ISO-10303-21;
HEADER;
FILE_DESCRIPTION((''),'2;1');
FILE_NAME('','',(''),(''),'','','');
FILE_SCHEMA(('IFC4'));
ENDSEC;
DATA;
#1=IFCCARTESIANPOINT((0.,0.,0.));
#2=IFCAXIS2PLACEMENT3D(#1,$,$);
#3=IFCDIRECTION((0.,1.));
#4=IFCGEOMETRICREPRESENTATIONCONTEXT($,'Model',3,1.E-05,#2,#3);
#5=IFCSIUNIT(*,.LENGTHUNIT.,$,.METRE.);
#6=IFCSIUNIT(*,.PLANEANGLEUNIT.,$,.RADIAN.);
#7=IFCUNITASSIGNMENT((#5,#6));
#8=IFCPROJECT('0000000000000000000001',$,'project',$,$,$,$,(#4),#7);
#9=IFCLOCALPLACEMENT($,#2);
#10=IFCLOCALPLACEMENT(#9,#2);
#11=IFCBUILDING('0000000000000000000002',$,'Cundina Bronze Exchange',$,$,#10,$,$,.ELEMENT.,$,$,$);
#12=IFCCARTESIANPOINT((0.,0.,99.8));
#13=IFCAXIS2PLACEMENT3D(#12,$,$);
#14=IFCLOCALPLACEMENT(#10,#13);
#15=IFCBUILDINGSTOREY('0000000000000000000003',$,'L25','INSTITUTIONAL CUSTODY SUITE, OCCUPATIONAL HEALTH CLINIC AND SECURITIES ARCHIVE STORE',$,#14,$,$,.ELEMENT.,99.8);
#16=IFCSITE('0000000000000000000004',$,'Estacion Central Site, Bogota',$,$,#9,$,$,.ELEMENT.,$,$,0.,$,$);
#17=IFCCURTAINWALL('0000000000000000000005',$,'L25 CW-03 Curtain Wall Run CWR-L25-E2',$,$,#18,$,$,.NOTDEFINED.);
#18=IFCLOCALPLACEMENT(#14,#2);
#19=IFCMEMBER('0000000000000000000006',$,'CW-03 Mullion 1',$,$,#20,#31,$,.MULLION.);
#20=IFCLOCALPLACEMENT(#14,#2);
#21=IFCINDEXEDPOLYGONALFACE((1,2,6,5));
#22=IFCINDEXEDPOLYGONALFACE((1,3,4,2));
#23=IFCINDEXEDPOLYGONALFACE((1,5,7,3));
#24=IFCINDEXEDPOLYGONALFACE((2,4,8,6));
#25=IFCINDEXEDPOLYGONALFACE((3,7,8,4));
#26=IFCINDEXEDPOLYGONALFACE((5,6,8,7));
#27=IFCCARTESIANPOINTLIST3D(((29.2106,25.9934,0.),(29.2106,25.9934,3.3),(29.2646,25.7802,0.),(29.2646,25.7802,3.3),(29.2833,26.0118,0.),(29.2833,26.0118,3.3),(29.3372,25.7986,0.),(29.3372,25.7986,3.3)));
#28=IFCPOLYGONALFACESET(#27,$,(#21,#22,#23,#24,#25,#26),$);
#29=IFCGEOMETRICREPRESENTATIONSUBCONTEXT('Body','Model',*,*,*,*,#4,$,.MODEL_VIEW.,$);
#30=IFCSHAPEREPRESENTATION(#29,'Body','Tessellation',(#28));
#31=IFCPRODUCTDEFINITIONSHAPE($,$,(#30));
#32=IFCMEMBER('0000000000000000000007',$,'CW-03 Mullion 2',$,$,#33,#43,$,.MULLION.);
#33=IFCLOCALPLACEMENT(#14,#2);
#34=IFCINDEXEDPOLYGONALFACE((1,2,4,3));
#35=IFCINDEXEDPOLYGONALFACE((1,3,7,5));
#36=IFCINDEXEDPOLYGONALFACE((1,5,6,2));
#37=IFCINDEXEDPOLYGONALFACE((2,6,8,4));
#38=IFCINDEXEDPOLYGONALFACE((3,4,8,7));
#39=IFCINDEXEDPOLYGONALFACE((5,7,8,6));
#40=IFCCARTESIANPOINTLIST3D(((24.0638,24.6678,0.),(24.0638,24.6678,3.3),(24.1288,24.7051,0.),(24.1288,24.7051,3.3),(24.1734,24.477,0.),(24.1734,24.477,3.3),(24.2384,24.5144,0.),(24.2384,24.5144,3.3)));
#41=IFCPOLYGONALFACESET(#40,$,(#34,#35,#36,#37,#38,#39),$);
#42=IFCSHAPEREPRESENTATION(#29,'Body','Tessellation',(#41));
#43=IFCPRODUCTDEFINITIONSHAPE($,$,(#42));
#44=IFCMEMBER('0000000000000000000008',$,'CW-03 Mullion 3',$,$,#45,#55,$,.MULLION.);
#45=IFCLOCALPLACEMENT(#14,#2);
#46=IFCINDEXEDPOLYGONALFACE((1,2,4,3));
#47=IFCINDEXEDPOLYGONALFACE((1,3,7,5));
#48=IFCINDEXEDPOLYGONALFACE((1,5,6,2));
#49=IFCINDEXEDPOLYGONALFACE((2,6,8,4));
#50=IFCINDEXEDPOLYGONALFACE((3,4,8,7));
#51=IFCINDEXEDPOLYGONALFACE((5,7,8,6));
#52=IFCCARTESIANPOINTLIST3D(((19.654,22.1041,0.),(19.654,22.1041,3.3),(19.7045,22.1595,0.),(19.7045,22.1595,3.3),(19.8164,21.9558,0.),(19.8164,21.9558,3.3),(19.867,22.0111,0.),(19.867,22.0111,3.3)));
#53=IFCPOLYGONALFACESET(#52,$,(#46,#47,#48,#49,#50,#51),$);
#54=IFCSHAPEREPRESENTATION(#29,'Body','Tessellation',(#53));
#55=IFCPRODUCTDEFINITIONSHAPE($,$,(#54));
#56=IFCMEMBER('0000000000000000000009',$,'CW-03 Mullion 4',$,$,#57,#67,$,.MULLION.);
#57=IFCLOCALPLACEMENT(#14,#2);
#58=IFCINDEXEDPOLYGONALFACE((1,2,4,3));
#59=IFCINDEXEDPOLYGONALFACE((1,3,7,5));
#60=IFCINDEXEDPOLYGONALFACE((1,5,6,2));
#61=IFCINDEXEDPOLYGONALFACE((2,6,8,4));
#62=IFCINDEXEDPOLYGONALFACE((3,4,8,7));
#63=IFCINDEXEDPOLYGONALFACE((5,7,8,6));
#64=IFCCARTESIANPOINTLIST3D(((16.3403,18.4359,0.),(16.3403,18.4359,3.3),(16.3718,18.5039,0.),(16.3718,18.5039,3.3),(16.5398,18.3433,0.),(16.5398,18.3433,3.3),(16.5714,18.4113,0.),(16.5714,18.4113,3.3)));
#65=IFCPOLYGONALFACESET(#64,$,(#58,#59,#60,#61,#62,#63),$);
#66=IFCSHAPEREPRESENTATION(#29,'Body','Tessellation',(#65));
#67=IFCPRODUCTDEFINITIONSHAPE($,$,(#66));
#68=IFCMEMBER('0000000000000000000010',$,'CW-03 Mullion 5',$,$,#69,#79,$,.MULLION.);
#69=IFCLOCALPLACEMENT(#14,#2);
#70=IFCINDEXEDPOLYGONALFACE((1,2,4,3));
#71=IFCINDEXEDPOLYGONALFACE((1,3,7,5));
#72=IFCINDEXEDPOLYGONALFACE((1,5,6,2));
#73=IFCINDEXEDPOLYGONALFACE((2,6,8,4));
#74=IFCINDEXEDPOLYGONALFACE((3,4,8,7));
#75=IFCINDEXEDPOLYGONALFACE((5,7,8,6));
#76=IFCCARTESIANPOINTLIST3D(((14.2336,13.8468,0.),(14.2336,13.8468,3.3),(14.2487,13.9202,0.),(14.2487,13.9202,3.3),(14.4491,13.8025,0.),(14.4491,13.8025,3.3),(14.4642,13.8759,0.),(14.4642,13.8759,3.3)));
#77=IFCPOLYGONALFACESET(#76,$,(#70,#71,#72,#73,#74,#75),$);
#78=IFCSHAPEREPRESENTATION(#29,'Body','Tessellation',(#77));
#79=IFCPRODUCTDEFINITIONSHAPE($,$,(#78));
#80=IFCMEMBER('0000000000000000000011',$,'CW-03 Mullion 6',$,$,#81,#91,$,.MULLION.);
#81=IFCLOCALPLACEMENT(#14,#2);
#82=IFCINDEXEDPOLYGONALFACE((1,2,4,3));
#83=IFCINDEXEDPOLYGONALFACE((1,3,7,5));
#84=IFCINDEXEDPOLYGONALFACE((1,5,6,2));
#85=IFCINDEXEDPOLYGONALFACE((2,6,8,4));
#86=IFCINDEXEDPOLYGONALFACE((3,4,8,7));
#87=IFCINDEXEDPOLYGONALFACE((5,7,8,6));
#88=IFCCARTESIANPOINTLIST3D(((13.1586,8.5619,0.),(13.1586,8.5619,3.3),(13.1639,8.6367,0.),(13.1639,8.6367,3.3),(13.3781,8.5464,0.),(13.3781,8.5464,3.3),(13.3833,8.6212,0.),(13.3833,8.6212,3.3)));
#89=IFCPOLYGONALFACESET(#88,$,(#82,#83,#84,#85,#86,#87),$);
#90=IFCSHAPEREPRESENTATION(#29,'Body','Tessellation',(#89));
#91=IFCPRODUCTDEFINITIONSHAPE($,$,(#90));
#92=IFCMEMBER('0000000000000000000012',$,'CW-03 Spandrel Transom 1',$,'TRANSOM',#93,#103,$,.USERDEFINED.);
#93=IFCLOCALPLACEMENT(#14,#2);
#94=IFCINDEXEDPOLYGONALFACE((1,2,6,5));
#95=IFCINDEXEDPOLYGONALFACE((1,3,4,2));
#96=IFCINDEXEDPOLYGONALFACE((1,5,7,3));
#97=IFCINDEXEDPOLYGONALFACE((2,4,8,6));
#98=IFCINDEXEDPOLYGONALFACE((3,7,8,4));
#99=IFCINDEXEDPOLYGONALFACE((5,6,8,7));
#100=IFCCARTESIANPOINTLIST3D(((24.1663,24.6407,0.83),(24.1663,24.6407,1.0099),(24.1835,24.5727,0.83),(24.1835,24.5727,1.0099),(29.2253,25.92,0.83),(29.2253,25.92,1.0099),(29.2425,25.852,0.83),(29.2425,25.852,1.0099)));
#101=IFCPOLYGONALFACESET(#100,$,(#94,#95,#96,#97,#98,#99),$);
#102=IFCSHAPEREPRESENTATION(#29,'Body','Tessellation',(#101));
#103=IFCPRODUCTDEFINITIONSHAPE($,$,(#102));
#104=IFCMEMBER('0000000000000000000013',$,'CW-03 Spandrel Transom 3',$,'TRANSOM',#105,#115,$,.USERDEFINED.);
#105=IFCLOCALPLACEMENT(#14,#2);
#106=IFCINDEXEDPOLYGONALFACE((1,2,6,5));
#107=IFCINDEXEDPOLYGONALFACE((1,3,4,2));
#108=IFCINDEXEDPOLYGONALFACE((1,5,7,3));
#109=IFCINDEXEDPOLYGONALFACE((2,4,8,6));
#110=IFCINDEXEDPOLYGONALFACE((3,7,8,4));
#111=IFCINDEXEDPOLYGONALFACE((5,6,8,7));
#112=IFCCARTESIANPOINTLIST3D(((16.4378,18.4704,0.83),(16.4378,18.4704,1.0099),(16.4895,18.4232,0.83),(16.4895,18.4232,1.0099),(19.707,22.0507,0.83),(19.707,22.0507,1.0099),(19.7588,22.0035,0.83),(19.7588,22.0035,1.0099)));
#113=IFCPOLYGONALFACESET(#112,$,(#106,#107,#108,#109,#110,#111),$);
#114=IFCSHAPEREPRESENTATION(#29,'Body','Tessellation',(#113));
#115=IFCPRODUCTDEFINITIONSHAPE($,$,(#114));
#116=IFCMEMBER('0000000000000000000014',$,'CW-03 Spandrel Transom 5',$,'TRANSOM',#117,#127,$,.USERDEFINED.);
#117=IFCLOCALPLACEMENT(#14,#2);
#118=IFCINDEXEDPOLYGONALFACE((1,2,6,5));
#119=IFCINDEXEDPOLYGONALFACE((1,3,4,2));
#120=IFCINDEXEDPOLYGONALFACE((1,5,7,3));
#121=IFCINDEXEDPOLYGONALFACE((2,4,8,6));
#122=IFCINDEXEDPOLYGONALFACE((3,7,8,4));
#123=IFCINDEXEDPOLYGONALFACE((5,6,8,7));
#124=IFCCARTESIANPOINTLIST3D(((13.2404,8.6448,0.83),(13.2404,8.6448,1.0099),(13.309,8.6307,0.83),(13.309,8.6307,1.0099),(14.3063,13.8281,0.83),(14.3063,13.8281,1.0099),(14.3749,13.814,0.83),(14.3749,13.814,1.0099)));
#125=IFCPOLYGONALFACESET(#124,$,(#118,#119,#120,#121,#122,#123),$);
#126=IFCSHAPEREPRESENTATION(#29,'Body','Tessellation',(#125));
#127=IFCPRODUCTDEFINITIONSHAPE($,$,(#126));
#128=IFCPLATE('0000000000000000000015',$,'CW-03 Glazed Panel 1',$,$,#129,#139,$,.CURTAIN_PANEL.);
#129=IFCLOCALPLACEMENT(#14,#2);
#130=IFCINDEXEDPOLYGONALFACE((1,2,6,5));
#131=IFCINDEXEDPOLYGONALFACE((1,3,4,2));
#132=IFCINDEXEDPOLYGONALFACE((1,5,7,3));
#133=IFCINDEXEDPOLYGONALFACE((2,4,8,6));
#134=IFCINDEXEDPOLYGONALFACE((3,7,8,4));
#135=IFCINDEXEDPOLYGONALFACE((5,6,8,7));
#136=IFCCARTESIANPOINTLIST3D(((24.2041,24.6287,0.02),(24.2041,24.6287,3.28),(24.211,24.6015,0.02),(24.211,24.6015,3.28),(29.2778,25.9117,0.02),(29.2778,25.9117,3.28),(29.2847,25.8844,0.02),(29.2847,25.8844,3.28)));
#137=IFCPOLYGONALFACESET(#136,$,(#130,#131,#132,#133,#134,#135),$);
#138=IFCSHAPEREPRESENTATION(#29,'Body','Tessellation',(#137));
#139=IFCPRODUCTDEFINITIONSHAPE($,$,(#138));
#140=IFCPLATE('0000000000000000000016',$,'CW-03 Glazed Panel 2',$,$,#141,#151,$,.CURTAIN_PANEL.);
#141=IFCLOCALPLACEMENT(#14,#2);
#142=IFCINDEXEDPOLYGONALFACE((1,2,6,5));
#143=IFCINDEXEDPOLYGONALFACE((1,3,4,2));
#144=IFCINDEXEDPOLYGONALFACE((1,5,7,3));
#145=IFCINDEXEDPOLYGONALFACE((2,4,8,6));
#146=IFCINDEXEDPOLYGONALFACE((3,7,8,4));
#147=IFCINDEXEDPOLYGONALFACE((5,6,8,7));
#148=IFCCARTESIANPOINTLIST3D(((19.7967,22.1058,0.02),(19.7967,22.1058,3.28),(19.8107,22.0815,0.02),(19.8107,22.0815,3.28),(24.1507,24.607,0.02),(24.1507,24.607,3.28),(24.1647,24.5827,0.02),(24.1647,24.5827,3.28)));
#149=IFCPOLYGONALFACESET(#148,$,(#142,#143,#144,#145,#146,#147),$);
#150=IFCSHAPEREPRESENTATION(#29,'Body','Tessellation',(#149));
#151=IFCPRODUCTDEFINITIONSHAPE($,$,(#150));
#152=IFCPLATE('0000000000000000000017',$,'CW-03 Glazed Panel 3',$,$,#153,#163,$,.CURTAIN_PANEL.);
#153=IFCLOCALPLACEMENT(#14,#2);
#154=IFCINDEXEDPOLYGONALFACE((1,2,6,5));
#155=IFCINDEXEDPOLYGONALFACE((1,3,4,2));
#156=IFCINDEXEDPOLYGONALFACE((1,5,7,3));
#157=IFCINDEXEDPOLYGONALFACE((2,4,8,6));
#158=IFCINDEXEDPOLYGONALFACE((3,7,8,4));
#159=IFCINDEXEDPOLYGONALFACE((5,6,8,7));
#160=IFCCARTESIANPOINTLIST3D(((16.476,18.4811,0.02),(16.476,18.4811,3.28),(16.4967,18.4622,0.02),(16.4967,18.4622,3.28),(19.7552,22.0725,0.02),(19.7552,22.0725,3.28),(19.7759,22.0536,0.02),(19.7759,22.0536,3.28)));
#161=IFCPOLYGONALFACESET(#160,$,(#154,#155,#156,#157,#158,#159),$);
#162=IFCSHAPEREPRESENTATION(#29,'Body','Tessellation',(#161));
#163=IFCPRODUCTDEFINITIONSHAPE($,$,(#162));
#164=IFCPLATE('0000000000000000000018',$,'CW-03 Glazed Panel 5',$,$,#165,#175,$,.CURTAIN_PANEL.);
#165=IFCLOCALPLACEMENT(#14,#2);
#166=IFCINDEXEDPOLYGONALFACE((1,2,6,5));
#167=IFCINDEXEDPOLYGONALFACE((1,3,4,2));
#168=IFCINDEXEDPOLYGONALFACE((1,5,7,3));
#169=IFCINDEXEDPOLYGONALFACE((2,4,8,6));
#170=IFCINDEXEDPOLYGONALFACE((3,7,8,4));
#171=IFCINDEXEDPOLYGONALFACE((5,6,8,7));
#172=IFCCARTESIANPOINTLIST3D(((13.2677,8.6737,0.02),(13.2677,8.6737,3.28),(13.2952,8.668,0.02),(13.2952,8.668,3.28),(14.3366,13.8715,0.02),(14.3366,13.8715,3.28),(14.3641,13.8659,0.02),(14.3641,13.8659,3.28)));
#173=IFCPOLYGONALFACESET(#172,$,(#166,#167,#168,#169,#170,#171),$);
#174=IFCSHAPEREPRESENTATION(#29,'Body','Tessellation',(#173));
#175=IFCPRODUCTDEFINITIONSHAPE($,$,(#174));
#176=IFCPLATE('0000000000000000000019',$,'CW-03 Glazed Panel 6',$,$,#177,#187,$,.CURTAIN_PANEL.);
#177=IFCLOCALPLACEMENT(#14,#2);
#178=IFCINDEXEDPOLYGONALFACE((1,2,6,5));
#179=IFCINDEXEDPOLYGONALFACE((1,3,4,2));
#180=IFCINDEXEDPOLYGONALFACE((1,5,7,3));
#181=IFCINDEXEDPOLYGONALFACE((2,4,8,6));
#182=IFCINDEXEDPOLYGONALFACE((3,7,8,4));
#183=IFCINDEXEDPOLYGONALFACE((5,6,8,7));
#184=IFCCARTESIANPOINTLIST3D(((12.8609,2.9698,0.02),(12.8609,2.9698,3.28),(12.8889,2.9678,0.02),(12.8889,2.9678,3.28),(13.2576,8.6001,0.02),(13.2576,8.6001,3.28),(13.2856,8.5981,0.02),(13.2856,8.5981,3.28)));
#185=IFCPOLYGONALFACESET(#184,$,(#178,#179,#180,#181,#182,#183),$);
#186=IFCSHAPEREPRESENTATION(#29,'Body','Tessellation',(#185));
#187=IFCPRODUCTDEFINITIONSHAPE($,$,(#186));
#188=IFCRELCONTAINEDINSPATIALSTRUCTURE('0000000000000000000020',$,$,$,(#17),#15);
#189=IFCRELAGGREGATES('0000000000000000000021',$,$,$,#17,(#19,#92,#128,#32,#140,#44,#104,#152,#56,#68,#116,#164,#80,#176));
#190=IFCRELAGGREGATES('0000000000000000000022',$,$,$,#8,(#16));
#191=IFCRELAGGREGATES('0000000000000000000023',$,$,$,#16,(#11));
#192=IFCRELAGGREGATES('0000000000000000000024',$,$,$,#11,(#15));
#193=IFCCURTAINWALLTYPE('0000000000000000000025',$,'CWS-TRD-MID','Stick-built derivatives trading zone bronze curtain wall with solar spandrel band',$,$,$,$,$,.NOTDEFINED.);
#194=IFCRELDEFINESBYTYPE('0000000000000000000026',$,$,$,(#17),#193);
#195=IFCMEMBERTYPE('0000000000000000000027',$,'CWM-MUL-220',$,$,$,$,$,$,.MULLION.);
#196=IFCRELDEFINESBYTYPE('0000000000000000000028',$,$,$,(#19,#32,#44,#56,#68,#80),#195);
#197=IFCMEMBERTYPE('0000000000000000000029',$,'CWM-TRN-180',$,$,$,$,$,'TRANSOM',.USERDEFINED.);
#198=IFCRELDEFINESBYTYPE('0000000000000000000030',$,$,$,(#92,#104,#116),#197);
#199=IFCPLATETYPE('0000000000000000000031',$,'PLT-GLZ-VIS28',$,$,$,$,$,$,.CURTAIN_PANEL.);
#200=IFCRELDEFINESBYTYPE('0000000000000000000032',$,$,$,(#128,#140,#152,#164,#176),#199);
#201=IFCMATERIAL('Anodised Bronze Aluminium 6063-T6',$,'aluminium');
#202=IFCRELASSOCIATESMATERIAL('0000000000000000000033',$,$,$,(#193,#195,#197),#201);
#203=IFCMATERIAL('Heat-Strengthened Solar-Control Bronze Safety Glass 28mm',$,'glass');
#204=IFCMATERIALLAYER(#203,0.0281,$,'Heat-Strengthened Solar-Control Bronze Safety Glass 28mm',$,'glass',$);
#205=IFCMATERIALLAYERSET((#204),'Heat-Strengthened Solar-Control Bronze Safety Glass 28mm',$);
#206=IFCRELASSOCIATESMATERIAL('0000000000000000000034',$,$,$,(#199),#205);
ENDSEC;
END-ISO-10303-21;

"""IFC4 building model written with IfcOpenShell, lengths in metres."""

from ifc_helpers import new_model, si_unit, direction, frame, origin, origin_2d, place, context, subcontext, project, spatial, rectangle, extrude, material, layer, layer_set, material_profile, profile_set, type_object, element, aggregate, save


model = new_model("IFC4")

# Units and contexts
model_context = context("Model", 3, precision=1e-05, world=origin(), true_north=direction((0.0, 1.0)))
body_context = subcontext(model_context, "Body", "Model", "MODEL_VIEW")
ifc_project = project(units=[si_unit("LENGTHUNIT", "METRE"), si_unit("PLANEANGLEUNIT", "RADIAN")], contexts=[model_context])

# Site, building, storey
site_placement = place(None, origin())
site = spatial("IfcSite", under=ifc_project, at=site_placement, Name="Estacion Central Site, Bogota", CompositionType="ELEMENT", RefElevation=0.0)
building_placement = place(site_placement, origin())
building = spatial("IfcBuilding", under=site, at=building_placement, Name="Cundina Bronze Exchange", CompositionType="ELEMENT")
storey_placement = place(building_placement, frame((0.0, 0.0, 99.8)))
storey = spatial("IfcBuildingStorey", under=building, at=storey_placement, Name="L25", Description="INSTITUTIONAL CUSTODY SUITE, OCCUPATIONAL HEALTH CLINIC AND SECURITIES ARCHIVE STORE", CompositionType="ELEMENT", Elevation=99.8)

# Shared definitions
ifc_material_1 = material(Name="Anodised Bronze Aluminium 6063-T6", Category="aluminium")
curtain_wall_type = type_object("IfcCurtainWallType", Name="CWS-TRD-MID", Description="Stick-built derivatives trading zone bronze curtain wall with solar spandrel band", PredefinedType="NOTDEFINED", material=ifc_material_1)
ifc_material_profile_1 = material_profile(ifc_material_1, rectangle(XDim=0.075, YDim=0.22, at=origin_2d()), Name="AL75X220", Category="aluminium")
ifc_profile_set_1 = profile_set([ifc_material_profile_1], Name="Anodised Bronze Aluminium 6063-T6")
member_type_1 = type_object("IfcMemberType", Name="CWM-MUL-220", PredefinedType="MULLION", material=ifc_profile_set_1)

# Curtain wall, members, plates
curtain_wall_1_placement = place(storey_placement, origin())
curtain_wall_1 = element("IfcCurtainWall", 1, at=curtain_wall_1_placement, inside=storey, type_object=curtain_wall_type, Name="L25 CW-03 Curtain Wall Run CWR-L25-E2", PredefinedType="NOTDEFINED")
member_1_placement = place(storey_placement, frame((29.2739, 25.896, 0.0), z_axis=(0.0, 0.0, 1.0), x_axis=(-0.969488, -0.245138, 0.0)))
member_1 = element("IfcMember", 2, at=member_1_placement, type_object=member_type_1, Name="CW-03 Mullion 1", PredefinedType="MULLION", context=body_context, shape_type="SweptSolid", body=[
    extrude(rectangle(XDim=0.075, YDim=0.22, at=origin_2d()), origin(), (0.0, 0.0, 1.0), 3.3),
])
member_2_placement = place(storey_placement, frame((24.1511, 24.5911, 0.0), z_axis=(0.0, 0.0, 1.0), x_axis=(-0.867071, -0.498185, 0.0)))
member_2 = element("IfcMember", 3, at=member_2_placement, type_object=member_type_1, Name="CW-03 Mullion 2", PredefinedType="MULLION", context=body_context, shape_type="SweptSolid", body=[
    extrude(rectangle(XDim=0.075, YDim=0.22, at=origin_2d()), origin(), (0.0, 0.0, 1.0), 3.3),
])
member_3_placement = place(storey_placement, frame((19.7605, 22.0576, 0.0), z_axis=(0.0, 0.0, 1.0), x_axis=(-0.674302, -0.738455, 0.0)))
member_3 = element("IfcMember", 4, at=member_3_placement, type_object=member_type_1, Name="CW-03 Mullion 3", PredefinedType="MULLION", context=body_context, shape_type="SweptSolid", body=[
    extrude(rectangle(XDim=0.075, YDim=0.22, at=origin_2d()), origin(), (0.0, 0.0, 1.0), 3.3),
])
member_4_placement = place(storey_placement, frame((16.4558, 18.4236, 0.0), z_axis=(0.0, 0.0, 1.0), x_axis=(-0.420877, -0.907117, 0.0)))
member_4 = element("IfcMember", 5, at=member_4_placement, type_object=member_type_1, Name="CW-03 Mullion 4", PredefinedType="MULLION", context=body_context, shape_type="SweptSolid", body=[
    extrude(rectangle(XDim=0.075, YDim=0.22, at=origin_2d()), origin(), (0.0, 0.0, 1.0), 3.3),
])
member_5_placement = place(storey_placement, frame((14.3489, 13.8613, 0.0), z_axis=(0.0, 0.0, 1.0), x_axis=(-0.20142, -0.979505, 0.0)))
member_5 = element("IfcMember", 6, at=member_5_placement, type_object=member_type_1, Name="CW-03 Mullion 5", PredefinedType="MULLION", context=body_context, shape_type="SweptSolid", body=[
    extrude(rectangle(XDim=0.075, YDim=0.22, at=origin_2d()), origin(), (0.0, 0.0, 1.0), 3.3),
])
member_6_placement = place(storey_placement, frame((13.271, 8.5916, 0.0), z_axis=(0.0, 0.0, 1.0), x_axis=(-0.070279, -0.997527, 0.0)))
member_6 = element("IfcMember", 7, at=member_6_placement, type_object=member_type_1, Name="CW-03 Mullion 6", PredefinedType="MULLION", context=body_context, shape_type="SweptSolid", body=[
    extrude(rectangle(XDim=0.075, YDim=0.22, at=origin_2d()), origin(), (0.0, 0.0, 1.0), 3.3),
])
ifc_material_profile_2 = material_profile(ifc_material_1, rectangle(XDim=0.0701, YDim=0.1799, at=origin_2d()), Name="AL70X180", Category="aluminium")
ifc_profile_set_2 = profile_set([ifc_material_profile_2], Name="Anodised Bronze Aluminium 6063-T6")
member_type_2 = type_object("IfcMemberType", Name="CWM-TRN-180", ElementType="TRANSOM", PredefinedType="USERDEFINED", material=ifc_profile_set_2)
member_7_placement = place(storey_placement, frame((29.2339, 25.886, 0.9199), z_axis=(-0.969484, -0.245155, 0.0), x_axis=(0.245155, -0.969484, 0.0)))
member_7 = element("IfcMember", 8, at=member_7_placement, type_object=member_type_2, Name="CW-03 Spandrel Transom 1", ObjectType="TRANSOM", PredefinedType="USERDEFINED", context=body_context, shape_type="SweptSolid", body=[
    extrude(rectangle(XDim=0.0701, YDim=0.1799, at=origin_2d()), origin(), (0.0, 0.0, 1.0), 5.2183),
])
member_8_placement = place(storey_placement, frame((19.7329, 22.0271, 0.9199), z_axis=(-0.674303, -0.738455, 0.0), x_axis=(0.738455, -0.674303, 0.0)))
member_8 = element("IfcMember", 9, at=member_8_placement, type_object=member_type_2, Name="CW-03 Spandrel Transom 3", ObjectType="TRANSOM", PredefinedType="USERDEFINED", context=body_context, shape_type="SweptSolid", body=[
    extrude(rectangle(XDim=0.0701, YDim=0.1799, at=origin_2d()), origin(), (0.0, 0.0, 1.0), 4.8484),
])
member_9_placement = place(storey_placement, frame((14.3406, 13.821, 0.9199), z_axis=(-0.201428, -0.979503, 0.0), x_axis=(0.979503, -0.201428, 0.0)))
member_9 = element("IfcMember", 10, at=member_9_placement, type_object=member_type_2, Name="CW-03 Spandrel Transom 5", ObjectType="TRANSOM", PredefinedType="USERDEFINED", context=body_context, shape_type="SweptSolid", body=[
    extrude(rectangle(XDim=0.0701, YDim=0.1799, at=origin_2d()), origin(), (0.0, 0.0, 1.0), 5.2917),
])
ifc_material_2 = material(Name="Heat-Strengthened Solar-Control Bronze Safety Glass 28mm", Category="glass")
ifc_layer_1 = layer(ifc_material_2, 0.0281, Name="Heat-Strengthened Solar-Control Bronze Safety Glass 28mm", Category="glass")
ifc_layer_set_1 = layer_set([ifc_layer_1], Name="Heat-Strengthened Solar-Control Bronze Safety Glass 28mm")
plate_type_1 = type_object("IfcPlateType", Name="PLT-GLZ-VIS28", PredefinedType="CURTAIN_PANEL", material=ifc_layer_set_1)
plate_1_placement = place(storey_placement, frame((26.7444, 25.2566, 0.02), z_axis=(0.0, 0.0, 1.0), x_axis=(-0.969488, -0.245138, 0.0)))
plate_1 = element("IfcPlate", 11, at=plate_1_placement, type_object=plate_type_1, Name="CW-03 Glazed Panel 1", PredefinedType="CURTAIN_PANEL", context=body_context, shape_type="SweptSolid", body=[
    extrude(rectangle(XDim=5.2334, YDim=0.0281, at=origin_2d()), origin(), (0.0, 0.0, 1.0), 3.26),
])
plate_2_placement = place(storey_placement, frame((21.9807, 23.3442, 0.02), z_axis=(0.0, 0.0, 1.0), x_axis=(-0.867105, -0.498125, 0.0)))
plate_2 = element("IfcPlate", 12, at=plate_2_placement, type_object=plate_type_1, Name="CW-03 Glazed Panel 2", PredefinedType="CURTAIN_PANEL", context=body_context, shape_type="SweptSolid", body=[
    extrude(rectangle(XDim=5.0212, YDim=0.0281, at=origin_2d()), origin(), (0.0, 0.0, 1.0), 3.26),
])
plate_3_placement = place(storey_placement, frame((18.126, 20.2673, 0.02), z_axis=(0.0, 0.0, 1.0), x_axis=(-0.674277, -0.738479, 0.0)))
plate_3 = element("IfcPlate", 13, at=plate_3_placement, type_object=plate_type_1, Name="CW-03 Glazed Panel 3", PredefinedType="CURTAIN_PANEL", context=body_context, shape_type="SweptSolid", body=[
    extrude(rectangle(XDim=4.8633, YDim=0.0281, at=origin_2d()), origin(), (0.0, 0.0, 1.0), 3.26),
])
plate_4_placement = place(storey_placement, frame((13.8159, 11.2698, 0.02), z_axis=(0.0, 0.0, 1.0), x_axis=(-0.20142, -0.979505, 0.0)))
plate_4 = element("IfcPlate", 14, at=plate_4_placement, type_object=plate_type_1, Name="CW-03 Glazed Panel 5", PredefinedType="CURTAIN_PANEL", context=body_context, shape_type="SweptSolid", body=[
    extrude(rectangle(XDim=5.3066, YDim=0.0281, at=origin_2d()), origin(), (0.0, 0.0, 1.0), 3.26),
])
plate_5_placement = place(storey_placement, frame((13.0732, 5.7839, 0.02), z_axis=(0.0, 0.0, 1.0), x_axis=(-0.070279, -0.997527, 0.0)))
plate_5 = element("IfcPlate", 15, at=plate_5_placement, type_object=plate_type_1, Name="CW-03 Glazed Panel 6", PredefinedType="CURTAIN_PANEL", context=body_context, shape_type="SweptSolid", body=[
    extrude(rectangle(XDim=5.6443, YDim=0.0281, at=origin_2d()), origin(), (0.0, 0.0, 1.0), 3.26),
])
aggregate(curtain_wall_1, [member_1, member_7, plate_1, member_2, plate_2, member_3, member_8, plate_3, member_4, member_5, member_9, plate_4, member_6, plate_5])

save(model, "model.ifc")
